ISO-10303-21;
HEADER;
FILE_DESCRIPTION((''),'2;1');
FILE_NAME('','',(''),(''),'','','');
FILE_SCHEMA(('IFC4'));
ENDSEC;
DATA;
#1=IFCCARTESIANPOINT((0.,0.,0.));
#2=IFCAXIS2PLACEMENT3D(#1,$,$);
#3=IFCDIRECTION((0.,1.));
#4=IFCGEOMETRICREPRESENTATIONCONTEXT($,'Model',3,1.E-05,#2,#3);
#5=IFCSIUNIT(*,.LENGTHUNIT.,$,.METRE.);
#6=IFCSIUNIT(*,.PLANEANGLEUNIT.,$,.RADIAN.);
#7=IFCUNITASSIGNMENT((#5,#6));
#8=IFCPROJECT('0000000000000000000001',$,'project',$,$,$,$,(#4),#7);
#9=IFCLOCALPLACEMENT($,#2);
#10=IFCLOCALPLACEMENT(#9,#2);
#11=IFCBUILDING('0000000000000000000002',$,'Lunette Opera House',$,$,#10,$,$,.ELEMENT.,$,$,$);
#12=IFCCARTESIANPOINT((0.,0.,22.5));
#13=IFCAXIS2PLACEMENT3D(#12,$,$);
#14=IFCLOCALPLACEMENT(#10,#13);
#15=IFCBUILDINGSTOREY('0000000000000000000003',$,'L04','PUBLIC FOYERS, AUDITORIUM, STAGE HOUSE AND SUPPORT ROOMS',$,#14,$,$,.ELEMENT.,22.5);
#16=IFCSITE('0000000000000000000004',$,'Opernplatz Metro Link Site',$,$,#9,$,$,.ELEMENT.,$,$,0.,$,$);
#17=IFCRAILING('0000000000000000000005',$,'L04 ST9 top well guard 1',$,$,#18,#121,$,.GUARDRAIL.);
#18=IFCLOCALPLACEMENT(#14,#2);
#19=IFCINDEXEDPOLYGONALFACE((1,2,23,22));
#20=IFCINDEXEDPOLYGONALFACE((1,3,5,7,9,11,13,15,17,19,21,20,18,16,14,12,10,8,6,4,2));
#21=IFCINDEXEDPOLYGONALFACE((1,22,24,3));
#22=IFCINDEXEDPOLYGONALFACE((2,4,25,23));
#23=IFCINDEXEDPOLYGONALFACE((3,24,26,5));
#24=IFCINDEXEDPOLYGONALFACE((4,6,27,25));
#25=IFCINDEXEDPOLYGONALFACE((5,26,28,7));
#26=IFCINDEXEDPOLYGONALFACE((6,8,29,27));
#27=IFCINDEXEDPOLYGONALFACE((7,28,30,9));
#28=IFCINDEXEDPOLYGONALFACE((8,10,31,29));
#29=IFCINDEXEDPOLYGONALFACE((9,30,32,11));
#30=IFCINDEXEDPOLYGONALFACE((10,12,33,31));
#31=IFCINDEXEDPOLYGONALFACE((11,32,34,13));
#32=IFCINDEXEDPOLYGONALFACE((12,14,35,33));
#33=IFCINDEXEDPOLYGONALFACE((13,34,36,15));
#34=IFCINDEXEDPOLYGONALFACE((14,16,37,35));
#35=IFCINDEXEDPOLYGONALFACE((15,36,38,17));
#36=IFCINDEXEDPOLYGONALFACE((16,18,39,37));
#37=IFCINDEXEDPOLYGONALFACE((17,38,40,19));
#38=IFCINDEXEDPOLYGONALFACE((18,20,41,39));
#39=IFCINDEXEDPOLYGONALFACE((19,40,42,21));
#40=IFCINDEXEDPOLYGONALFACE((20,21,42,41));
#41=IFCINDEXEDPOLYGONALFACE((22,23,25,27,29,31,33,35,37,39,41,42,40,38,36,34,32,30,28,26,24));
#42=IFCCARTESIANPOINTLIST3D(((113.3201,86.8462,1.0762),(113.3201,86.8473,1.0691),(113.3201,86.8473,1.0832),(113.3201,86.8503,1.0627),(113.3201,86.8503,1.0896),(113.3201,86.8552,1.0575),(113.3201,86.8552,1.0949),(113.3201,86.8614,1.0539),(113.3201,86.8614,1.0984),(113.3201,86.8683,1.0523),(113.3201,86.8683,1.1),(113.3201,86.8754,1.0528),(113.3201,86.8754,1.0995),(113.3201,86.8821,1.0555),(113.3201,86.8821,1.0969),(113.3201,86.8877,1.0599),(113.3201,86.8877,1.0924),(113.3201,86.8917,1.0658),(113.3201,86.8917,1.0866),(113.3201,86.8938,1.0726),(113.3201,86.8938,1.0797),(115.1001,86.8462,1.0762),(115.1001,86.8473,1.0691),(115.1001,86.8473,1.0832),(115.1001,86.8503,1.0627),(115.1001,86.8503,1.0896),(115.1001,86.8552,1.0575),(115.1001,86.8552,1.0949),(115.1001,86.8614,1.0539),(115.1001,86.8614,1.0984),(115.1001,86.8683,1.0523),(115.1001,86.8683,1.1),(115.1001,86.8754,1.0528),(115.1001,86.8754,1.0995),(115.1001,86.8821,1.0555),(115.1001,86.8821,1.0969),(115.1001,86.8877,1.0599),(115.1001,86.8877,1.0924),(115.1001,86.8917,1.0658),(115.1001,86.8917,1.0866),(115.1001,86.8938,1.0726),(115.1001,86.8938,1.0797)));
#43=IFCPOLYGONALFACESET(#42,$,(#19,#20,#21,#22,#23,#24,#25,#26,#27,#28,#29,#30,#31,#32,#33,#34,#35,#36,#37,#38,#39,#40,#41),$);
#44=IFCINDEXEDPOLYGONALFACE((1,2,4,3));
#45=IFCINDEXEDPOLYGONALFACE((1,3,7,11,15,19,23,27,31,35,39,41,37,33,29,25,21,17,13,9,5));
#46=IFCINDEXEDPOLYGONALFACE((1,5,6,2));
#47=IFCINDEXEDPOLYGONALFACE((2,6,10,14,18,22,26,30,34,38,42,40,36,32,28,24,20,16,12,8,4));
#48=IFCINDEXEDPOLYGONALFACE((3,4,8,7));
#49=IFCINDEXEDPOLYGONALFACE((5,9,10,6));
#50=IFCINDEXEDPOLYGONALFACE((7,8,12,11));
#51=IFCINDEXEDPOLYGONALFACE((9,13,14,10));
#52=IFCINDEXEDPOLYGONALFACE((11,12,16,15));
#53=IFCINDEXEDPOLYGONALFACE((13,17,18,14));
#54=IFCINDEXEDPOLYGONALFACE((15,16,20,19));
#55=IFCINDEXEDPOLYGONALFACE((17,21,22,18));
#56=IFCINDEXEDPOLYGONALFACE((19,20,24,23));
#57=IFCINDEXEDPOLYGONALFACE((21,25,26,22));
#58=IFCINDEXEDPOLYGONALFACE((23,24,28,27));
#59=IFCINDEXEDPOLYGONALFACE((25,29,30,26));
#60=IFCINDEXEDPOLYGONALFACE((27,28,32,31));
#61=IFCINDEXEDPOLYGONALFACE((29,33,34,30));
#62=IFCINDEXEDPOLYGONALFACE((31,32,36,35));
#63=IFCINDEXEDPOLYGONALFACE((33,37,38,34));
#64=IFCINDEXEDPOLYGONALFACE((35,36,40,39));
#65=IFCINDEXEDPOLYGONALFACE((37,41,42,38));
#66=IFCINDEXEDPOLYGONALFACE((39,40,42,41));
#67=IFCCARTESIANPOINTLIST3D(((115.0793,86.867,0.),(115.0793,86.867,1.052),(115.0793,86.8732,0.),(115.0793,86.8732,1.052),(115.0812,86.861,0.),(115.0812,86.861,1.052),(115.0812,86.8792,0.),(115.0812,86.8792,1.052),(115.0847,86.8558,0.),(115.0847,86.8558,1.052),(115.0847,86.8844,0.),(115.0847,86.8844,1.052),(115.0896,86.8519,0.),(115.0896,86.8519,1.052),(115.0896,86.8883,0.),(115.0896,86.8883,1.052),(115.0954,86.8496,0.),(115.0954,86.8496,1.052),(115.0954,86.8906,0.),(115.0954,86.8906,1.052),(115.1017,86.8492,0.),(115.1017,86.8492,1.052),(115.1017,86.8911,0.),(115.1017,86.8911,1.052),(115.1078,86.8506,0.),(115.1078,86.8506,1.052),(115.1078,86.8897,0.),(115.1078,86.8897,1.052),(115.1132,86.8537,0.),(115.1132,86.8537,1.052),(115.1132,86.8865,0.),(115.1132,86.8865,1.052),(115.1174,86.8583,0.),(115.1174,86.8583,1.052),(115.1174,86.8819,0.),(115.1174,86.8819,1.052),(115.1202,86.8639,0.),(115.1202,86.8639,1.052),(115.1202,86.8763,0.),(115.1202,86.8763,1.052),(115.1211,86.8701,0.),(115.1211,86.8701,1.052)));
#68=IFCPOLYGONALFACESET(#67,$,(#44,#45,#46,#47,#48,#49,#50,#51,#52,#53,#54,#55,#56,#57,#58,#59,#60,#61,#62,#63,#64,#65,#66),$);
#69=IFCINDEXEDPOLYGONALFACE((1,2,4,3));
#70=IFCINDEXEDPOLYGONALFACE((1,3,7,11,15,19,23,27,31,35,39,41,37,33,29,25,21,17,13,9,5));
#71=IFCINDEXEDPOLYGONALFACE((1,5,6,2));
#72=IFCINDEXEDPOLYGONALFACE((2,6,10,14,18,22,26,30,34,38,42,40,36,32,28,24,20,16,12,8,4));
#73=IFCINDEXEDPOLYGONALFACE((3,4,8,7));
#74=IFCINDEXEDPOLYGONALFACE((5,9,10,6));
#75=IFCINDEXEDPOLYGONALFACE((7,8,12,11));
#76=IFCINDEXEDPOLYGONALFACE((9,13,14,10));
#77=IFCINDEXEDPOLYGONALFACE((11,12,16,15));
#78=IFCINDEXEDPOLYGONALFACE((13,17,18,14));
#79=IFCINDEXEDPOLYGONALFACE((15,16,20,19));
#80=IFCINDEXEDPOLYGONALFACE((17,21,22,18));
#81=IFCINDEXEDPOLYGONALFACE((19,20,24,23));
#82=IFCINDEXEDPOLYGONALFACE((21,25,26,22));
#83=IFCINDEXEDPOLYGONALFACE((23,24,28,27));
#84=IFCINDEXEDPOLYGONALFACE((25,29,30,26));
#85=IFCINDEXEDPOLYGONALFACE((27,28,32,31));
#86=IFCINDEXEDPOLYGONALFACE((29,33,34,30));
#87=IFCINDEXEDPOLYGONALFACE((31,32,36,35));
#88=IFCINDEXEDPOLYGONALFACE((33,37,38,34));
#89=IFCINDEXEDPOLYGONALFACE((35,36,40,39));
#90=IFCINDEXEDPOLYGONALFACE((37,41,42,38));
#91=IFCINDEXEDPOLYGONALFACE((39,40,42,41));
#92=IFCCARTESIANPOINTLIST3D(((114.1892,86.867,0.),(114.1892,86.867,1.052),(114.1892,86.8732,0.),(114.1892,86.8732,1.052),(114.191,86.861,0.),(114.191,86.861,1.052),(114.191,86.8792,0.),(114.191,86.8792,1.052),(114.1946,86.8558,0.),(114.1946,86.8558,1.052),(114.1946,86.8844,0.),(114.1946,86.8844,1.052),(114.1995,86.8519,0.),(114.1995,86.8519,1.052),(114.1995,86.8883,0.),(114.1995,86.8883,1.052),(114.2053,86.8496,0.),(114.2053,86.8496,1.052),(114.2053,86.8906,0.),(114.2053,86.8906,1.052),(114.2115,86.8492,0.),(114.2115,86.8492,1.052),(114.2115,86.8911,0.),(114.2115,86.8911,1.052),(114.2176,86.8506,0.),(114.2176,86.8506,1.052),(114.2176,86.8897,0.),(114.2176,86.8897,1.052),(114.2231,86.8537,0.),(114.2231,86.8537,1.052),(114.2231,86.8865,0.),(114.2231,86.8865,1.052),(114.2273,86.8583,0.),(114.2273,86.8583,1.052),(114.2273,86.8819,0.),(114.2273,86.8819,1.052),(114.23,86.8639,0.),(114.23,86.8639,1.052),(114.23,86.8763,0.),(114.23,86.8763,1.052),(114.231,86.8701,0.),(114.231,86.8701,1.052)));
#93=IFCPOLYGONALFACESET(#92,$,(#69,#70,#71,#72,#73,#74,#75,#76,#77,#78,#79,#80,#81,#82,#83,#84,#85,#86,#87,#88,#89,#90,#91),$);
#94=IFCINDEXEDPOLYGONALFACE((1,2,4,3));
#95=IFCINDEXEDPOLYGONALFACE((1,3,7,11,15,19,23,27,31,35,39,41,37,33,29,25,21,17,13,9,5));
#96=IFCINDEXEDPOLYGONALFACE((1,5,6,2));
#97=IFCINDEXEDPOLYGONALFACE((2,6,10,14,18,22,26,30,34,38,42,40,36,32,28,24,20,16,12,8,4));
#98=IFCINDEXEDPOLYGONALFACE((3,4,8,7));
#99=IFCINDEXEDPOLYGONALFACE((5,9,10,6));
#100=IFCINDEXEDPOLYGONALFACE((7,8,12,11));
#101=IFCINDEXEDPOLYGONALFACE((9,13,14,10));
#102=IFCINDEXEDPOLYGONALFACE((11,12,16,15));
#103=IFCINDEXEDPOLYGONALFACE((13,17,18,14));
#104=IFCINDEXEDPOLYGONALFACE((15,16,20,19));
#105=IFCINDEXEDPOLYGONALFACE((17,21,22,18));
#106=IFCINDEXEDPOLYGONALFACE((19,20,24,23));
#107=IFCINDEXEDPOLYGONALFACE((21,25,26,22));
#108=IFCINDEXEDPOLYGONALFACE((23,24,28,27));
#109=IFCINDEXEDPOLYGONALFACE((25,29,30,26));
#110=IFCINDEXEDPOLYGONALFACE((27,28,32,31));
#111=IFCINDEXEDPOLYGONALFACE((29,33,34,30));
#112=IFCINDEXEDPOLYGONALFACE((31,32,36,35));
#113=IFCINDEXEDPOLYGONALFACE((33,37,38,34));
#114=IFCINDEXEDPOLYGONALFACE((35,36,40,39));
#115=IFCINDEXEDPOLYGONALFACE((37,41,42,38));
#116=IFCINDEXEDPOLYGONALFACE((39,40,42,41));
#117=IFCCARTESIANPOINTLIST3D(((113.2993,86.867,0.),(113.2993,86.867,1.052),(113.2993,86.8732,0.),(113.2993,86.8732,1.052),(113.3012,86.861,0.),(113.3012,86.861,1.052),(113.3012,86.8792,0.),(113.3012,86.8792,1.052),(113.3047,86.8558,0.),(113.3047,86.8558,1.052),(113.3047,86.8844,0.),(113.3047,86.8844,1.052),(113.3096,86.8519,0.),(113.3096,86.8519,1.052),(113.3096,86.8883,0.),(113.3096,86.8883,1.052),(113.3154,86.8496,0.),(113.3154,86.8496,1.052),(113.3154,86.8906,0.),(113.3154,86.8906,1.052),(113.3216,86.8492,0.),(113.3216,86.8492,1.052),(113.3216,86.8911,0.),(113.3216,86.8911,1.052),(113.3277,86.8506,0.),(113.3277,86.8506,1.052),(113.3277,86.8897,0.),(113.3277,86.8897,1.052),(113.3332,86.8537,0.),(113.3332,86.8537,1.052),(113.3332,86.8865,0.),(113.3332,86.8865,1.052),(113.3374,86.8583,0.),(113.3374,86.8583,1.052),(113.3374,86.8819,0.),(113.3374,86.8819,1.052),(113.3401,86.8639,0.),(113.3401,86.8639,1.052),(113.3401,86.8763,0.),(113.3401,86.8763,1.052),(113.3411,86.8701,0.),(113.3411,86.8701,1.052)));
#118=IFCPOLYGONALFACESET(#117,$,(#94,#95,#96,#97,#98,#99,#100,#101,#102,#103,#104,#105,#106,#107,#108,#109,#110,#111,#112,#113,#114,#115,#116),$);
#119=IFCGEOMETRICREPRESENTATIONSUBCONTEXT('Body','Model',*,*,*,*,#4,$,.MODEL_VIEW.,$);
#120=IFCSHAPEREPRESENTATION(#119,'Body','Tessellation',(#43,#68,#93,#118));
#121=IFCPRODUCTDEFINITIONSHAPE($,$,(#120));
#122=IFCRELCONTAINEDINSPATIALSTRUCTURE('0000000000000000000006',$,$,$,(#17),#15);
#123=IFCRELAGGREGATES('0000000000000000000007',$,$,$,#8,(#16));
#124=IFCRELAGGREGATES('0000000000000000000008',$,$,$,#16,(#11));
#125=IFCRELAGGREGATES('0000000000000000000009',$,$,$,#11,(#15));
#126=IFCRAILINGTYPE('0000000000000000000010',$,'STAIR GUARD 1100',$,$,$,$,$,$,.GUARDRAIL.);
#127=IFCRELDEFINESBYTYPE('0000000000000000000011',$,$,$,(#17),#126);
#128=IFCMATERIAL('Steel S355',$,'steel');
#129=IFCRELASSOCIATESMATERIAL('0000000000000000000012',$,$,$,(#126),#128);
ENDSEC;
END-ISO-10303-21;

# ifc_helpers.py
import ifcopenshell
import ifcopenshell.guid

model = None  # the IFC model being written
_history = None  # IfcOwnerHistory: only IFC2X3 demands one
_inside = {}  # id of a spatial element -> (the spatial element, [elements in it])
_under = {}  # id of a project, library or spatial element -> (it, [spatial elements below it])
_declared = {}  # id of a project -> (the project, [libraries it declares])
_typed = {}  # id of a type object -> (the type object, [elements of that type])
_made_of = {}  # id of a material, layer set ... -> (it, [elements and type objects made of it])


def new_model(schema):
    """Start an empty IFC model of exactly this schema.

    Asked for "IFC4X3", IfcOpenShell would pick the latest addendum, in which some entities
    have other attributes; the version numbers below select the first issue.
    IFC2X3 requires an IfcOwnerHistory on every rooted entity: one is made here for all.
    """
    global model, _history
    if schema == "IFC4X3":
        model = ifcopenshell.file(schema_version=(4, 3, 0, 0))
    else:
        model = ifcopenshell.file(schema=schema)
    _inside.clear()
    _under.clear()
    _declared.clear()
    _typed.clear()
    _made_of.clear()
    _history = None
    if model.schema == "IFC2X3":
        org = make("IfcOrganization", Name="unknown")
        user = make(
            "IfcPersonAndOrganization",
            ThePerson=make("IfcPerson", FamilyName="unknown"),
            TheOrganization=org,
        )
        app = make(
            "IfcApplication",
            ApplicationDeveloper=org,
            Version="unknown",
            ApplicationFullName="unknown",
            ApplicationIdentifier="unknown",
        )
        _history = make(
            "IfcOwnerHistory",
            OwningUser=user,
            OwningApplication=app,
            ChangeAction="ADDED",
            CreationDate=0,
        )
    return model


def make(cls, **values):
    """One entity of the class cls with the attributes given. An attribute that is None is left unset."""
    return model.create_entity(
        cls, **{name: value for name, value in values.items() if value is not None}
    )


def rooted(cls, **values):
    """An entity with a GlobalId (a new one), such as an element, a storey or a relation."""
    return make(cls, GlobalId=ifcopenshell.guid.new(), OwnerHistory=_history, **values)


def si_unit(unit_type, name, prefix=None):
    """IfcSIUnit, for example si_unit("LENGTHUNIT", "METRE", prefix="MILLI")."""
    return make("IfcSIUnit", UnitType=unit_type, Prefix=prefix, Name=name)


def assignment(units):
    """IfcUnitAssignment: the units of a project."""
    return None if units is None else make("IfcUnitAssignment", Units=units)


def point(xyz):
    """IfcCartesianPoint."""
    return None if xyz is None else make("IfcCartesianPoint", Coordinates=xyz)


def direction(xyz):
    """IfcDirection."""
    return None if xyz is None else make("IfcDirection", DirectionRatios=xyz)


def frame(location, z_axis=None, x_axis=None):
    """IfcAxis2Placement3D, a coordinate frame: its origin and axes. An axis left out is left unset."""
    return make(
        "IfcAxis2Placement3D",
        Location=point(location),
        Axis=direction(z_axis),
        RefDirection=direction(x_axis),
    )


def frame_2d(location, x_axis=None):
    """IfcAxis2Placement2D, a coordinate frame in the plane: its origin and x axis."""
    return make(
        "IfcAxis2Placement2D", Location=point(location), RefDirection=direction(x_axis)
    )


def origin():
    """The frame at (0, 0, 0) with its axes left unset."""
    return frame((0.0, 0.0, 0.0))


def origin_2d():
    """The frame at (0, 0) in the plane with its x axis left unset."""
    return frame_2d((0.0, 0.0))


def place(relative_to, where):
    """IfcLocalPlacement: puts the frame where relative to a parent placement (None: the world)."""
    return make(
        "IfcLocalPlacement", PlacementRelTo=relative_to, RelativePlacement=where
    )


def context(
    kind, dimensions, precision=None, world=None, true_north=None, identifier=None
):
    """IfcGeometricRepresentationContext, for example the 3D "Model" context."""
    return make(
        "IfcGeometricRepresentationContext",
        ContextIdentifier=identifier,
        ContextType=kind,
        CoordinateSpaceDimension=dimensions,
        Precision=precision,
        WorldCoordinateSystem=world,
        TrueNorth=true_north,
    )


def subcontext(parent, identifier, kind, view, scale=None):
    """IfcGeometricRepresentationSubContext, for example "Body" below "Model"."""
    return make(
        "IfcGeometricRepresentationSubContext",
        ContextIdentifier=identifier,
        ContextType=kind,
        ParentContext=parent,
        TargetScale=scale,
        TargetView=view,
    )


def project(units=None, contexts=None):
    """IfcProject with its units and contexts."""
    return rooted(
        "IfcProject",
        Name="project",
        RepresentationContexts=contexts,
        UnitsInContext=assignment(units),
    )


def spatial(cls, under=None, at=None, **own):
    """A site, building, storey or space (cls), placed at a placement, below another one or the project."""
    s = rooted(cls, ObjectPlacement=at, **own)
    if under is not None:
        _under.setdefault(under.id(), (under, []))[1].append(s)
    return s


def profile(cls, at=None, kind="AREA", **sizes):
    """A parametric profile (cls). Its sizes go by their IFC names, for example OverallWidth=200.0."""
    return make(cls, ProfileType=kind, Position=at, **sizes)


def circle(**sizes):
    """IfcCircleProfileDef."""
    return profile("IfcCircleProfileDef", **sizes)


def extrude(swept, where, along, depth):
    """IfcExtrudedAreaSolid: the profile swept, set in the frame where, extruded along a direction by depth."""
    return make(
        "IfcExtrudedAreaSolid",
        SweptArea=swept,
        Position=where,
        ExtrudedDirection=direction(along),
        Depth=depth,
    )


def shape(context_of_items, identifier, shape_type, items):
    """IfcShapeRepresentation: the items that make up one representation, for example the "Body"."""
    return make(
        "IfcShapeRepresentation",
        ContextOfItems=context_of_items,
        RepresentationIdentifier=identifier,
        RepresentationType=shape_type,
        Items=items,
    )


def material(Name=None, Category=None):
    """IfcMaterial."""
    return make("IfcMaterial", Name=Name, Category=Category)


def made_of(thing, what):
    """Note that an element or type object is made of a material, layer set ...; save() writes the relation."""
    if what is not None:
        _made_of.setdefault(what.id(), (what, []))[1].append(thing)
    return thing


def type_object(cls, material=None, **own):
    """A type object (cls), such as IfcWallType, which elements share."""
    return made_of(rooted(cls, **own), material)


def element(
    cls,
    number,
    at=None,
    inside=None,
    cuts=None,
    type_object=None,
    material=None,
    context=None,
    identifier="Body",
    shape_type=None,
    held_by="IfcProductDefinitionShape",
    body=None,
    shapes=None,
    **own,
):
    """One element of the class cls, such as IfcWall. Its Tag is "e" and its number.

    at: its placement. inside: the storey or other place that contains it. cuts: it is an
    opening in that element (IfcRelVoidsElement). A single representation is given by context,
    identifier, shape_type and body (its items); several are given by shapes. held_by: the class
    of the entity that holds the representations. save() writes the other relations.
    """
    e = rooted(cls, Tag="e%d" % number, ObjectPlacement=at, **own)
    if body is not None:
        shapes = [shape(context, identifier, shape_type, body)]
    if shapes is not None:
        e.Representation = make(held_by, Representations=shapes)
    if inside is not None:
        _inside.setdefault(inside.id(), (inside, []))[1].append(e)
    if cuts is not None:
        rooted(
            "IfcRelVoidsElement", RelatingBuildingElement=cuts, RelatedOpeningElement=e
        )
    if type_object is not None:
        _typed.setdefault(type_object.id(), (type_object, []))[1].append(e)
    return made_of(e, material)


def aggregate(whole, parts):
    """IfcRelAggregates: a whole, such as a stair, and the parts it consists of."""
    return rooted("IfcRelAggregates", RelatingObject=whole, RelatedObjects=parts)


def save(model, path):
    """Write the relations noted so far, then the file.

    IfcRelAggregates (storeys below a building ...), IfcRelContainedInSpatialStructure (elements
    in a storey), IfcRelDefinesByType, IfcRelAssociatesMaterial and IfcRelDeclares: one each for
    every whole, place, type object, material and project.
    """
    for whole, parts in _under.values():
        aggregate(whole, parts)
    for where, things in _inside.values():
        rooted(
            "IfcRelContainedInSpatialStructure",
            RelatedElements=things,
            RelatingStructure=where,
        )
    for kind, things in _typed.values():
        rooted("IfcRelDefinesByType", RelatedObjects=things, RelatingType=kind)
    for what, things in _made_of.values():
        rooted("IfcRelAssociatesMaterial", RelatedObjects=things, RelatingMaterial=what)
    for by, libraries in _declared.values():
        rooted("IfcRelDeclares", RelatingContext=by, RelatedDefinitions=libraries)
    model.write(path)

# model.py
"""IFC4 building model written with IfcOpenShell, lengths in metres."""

from ifc_helpers import new_model, si_unit, direction, frame, origin, origin_2d, place, context, subcontext, project, spatial, circle, extrude, material, type_object, element, save


model = new_model("IFC4")

# Units and contexts
model_context = context("Model", 3, precision=1e-05, world=origin(), true_north=direction((0.0, 1.0)))
body_context = subcontext(model_context, "Body", "Model", "MODEL_VIEW")
ifc_project = project(units=[si_unit("LENGTHUNIT", "METRE"), si_unit("PLANEANGLEUNIT", "RADIAN")], contexts=[model_context])

# Site, building, storey
site_placement = place(None, origin())
site = spatial("IfcSite", under=ifc_project, at=site_placement, Name="Opernplatz Metro Link Site", CompositionType="ELEMENT", RefElevation=0.0)
building_placement = place(site_placement, origin())
building = spatial("IfcBuilding", under=site, at=building_placement, Name="Lunette Opera House", CompositionType="ELEMENT")
storey_placement = place(building_placement, frame((0.0, 0.0, 22.5)))
storey = spatial("IfcBuildingStorey", under=building, at=storey_placement, Name="L04", Description="PUBLIC FOYERS, AUDITORIUM, STAGE HOUSE AND SUPPORT ROOMS", CompositionType="ELEMENT", Elevation=22.5)

# Railing
ifc_material_1 = material(Name="Steel S355", Category="steel")
railing_type_1 = type_object("IfcRailingType", Name="STAIR GUARD 1100", PredefinedType="GUARDRAIL", material=ifc_material_1)
railing_1_placement = place(storey_placement, frame((115.1001, 86.8701, 0.0)))
element("IfcRailing", 1, at=railing_1_placement, inside=storey, type_object=railing_type_1, Name="L04 ST9 top well guard 1", PredefinedType="GUARDRAIL", context=body_context, shape_type="SweptSolid", body=[
    extrude(circle(Radius=0.0239, at=origin_2d()), frame((0.0, 0.0, 1.0762), z_axis=(-1.0, 0.0, 0.0), x_axis=(0.0, -1.0, 0.0)), (0.0, 0.0, 1.0), 1.78),
    extrude(circle(Radius=0.021, at=origin_2d()), origin(), (0.0, 0.0, 1.0), 1.052),
    extrude(circle(Radius=0.021, at=origin_2d()), frame((-0.8901, 0.0, 0.0)), (0.0, 0.0, 1.0), 1.052),
    extrude(circle(Radius=0.021, at=origin_2d()), frame((-1.78, 0.0, 0.0)), (0.0, 0.0, 1.0), 1.052),
])

save(model, "model.ifc")
